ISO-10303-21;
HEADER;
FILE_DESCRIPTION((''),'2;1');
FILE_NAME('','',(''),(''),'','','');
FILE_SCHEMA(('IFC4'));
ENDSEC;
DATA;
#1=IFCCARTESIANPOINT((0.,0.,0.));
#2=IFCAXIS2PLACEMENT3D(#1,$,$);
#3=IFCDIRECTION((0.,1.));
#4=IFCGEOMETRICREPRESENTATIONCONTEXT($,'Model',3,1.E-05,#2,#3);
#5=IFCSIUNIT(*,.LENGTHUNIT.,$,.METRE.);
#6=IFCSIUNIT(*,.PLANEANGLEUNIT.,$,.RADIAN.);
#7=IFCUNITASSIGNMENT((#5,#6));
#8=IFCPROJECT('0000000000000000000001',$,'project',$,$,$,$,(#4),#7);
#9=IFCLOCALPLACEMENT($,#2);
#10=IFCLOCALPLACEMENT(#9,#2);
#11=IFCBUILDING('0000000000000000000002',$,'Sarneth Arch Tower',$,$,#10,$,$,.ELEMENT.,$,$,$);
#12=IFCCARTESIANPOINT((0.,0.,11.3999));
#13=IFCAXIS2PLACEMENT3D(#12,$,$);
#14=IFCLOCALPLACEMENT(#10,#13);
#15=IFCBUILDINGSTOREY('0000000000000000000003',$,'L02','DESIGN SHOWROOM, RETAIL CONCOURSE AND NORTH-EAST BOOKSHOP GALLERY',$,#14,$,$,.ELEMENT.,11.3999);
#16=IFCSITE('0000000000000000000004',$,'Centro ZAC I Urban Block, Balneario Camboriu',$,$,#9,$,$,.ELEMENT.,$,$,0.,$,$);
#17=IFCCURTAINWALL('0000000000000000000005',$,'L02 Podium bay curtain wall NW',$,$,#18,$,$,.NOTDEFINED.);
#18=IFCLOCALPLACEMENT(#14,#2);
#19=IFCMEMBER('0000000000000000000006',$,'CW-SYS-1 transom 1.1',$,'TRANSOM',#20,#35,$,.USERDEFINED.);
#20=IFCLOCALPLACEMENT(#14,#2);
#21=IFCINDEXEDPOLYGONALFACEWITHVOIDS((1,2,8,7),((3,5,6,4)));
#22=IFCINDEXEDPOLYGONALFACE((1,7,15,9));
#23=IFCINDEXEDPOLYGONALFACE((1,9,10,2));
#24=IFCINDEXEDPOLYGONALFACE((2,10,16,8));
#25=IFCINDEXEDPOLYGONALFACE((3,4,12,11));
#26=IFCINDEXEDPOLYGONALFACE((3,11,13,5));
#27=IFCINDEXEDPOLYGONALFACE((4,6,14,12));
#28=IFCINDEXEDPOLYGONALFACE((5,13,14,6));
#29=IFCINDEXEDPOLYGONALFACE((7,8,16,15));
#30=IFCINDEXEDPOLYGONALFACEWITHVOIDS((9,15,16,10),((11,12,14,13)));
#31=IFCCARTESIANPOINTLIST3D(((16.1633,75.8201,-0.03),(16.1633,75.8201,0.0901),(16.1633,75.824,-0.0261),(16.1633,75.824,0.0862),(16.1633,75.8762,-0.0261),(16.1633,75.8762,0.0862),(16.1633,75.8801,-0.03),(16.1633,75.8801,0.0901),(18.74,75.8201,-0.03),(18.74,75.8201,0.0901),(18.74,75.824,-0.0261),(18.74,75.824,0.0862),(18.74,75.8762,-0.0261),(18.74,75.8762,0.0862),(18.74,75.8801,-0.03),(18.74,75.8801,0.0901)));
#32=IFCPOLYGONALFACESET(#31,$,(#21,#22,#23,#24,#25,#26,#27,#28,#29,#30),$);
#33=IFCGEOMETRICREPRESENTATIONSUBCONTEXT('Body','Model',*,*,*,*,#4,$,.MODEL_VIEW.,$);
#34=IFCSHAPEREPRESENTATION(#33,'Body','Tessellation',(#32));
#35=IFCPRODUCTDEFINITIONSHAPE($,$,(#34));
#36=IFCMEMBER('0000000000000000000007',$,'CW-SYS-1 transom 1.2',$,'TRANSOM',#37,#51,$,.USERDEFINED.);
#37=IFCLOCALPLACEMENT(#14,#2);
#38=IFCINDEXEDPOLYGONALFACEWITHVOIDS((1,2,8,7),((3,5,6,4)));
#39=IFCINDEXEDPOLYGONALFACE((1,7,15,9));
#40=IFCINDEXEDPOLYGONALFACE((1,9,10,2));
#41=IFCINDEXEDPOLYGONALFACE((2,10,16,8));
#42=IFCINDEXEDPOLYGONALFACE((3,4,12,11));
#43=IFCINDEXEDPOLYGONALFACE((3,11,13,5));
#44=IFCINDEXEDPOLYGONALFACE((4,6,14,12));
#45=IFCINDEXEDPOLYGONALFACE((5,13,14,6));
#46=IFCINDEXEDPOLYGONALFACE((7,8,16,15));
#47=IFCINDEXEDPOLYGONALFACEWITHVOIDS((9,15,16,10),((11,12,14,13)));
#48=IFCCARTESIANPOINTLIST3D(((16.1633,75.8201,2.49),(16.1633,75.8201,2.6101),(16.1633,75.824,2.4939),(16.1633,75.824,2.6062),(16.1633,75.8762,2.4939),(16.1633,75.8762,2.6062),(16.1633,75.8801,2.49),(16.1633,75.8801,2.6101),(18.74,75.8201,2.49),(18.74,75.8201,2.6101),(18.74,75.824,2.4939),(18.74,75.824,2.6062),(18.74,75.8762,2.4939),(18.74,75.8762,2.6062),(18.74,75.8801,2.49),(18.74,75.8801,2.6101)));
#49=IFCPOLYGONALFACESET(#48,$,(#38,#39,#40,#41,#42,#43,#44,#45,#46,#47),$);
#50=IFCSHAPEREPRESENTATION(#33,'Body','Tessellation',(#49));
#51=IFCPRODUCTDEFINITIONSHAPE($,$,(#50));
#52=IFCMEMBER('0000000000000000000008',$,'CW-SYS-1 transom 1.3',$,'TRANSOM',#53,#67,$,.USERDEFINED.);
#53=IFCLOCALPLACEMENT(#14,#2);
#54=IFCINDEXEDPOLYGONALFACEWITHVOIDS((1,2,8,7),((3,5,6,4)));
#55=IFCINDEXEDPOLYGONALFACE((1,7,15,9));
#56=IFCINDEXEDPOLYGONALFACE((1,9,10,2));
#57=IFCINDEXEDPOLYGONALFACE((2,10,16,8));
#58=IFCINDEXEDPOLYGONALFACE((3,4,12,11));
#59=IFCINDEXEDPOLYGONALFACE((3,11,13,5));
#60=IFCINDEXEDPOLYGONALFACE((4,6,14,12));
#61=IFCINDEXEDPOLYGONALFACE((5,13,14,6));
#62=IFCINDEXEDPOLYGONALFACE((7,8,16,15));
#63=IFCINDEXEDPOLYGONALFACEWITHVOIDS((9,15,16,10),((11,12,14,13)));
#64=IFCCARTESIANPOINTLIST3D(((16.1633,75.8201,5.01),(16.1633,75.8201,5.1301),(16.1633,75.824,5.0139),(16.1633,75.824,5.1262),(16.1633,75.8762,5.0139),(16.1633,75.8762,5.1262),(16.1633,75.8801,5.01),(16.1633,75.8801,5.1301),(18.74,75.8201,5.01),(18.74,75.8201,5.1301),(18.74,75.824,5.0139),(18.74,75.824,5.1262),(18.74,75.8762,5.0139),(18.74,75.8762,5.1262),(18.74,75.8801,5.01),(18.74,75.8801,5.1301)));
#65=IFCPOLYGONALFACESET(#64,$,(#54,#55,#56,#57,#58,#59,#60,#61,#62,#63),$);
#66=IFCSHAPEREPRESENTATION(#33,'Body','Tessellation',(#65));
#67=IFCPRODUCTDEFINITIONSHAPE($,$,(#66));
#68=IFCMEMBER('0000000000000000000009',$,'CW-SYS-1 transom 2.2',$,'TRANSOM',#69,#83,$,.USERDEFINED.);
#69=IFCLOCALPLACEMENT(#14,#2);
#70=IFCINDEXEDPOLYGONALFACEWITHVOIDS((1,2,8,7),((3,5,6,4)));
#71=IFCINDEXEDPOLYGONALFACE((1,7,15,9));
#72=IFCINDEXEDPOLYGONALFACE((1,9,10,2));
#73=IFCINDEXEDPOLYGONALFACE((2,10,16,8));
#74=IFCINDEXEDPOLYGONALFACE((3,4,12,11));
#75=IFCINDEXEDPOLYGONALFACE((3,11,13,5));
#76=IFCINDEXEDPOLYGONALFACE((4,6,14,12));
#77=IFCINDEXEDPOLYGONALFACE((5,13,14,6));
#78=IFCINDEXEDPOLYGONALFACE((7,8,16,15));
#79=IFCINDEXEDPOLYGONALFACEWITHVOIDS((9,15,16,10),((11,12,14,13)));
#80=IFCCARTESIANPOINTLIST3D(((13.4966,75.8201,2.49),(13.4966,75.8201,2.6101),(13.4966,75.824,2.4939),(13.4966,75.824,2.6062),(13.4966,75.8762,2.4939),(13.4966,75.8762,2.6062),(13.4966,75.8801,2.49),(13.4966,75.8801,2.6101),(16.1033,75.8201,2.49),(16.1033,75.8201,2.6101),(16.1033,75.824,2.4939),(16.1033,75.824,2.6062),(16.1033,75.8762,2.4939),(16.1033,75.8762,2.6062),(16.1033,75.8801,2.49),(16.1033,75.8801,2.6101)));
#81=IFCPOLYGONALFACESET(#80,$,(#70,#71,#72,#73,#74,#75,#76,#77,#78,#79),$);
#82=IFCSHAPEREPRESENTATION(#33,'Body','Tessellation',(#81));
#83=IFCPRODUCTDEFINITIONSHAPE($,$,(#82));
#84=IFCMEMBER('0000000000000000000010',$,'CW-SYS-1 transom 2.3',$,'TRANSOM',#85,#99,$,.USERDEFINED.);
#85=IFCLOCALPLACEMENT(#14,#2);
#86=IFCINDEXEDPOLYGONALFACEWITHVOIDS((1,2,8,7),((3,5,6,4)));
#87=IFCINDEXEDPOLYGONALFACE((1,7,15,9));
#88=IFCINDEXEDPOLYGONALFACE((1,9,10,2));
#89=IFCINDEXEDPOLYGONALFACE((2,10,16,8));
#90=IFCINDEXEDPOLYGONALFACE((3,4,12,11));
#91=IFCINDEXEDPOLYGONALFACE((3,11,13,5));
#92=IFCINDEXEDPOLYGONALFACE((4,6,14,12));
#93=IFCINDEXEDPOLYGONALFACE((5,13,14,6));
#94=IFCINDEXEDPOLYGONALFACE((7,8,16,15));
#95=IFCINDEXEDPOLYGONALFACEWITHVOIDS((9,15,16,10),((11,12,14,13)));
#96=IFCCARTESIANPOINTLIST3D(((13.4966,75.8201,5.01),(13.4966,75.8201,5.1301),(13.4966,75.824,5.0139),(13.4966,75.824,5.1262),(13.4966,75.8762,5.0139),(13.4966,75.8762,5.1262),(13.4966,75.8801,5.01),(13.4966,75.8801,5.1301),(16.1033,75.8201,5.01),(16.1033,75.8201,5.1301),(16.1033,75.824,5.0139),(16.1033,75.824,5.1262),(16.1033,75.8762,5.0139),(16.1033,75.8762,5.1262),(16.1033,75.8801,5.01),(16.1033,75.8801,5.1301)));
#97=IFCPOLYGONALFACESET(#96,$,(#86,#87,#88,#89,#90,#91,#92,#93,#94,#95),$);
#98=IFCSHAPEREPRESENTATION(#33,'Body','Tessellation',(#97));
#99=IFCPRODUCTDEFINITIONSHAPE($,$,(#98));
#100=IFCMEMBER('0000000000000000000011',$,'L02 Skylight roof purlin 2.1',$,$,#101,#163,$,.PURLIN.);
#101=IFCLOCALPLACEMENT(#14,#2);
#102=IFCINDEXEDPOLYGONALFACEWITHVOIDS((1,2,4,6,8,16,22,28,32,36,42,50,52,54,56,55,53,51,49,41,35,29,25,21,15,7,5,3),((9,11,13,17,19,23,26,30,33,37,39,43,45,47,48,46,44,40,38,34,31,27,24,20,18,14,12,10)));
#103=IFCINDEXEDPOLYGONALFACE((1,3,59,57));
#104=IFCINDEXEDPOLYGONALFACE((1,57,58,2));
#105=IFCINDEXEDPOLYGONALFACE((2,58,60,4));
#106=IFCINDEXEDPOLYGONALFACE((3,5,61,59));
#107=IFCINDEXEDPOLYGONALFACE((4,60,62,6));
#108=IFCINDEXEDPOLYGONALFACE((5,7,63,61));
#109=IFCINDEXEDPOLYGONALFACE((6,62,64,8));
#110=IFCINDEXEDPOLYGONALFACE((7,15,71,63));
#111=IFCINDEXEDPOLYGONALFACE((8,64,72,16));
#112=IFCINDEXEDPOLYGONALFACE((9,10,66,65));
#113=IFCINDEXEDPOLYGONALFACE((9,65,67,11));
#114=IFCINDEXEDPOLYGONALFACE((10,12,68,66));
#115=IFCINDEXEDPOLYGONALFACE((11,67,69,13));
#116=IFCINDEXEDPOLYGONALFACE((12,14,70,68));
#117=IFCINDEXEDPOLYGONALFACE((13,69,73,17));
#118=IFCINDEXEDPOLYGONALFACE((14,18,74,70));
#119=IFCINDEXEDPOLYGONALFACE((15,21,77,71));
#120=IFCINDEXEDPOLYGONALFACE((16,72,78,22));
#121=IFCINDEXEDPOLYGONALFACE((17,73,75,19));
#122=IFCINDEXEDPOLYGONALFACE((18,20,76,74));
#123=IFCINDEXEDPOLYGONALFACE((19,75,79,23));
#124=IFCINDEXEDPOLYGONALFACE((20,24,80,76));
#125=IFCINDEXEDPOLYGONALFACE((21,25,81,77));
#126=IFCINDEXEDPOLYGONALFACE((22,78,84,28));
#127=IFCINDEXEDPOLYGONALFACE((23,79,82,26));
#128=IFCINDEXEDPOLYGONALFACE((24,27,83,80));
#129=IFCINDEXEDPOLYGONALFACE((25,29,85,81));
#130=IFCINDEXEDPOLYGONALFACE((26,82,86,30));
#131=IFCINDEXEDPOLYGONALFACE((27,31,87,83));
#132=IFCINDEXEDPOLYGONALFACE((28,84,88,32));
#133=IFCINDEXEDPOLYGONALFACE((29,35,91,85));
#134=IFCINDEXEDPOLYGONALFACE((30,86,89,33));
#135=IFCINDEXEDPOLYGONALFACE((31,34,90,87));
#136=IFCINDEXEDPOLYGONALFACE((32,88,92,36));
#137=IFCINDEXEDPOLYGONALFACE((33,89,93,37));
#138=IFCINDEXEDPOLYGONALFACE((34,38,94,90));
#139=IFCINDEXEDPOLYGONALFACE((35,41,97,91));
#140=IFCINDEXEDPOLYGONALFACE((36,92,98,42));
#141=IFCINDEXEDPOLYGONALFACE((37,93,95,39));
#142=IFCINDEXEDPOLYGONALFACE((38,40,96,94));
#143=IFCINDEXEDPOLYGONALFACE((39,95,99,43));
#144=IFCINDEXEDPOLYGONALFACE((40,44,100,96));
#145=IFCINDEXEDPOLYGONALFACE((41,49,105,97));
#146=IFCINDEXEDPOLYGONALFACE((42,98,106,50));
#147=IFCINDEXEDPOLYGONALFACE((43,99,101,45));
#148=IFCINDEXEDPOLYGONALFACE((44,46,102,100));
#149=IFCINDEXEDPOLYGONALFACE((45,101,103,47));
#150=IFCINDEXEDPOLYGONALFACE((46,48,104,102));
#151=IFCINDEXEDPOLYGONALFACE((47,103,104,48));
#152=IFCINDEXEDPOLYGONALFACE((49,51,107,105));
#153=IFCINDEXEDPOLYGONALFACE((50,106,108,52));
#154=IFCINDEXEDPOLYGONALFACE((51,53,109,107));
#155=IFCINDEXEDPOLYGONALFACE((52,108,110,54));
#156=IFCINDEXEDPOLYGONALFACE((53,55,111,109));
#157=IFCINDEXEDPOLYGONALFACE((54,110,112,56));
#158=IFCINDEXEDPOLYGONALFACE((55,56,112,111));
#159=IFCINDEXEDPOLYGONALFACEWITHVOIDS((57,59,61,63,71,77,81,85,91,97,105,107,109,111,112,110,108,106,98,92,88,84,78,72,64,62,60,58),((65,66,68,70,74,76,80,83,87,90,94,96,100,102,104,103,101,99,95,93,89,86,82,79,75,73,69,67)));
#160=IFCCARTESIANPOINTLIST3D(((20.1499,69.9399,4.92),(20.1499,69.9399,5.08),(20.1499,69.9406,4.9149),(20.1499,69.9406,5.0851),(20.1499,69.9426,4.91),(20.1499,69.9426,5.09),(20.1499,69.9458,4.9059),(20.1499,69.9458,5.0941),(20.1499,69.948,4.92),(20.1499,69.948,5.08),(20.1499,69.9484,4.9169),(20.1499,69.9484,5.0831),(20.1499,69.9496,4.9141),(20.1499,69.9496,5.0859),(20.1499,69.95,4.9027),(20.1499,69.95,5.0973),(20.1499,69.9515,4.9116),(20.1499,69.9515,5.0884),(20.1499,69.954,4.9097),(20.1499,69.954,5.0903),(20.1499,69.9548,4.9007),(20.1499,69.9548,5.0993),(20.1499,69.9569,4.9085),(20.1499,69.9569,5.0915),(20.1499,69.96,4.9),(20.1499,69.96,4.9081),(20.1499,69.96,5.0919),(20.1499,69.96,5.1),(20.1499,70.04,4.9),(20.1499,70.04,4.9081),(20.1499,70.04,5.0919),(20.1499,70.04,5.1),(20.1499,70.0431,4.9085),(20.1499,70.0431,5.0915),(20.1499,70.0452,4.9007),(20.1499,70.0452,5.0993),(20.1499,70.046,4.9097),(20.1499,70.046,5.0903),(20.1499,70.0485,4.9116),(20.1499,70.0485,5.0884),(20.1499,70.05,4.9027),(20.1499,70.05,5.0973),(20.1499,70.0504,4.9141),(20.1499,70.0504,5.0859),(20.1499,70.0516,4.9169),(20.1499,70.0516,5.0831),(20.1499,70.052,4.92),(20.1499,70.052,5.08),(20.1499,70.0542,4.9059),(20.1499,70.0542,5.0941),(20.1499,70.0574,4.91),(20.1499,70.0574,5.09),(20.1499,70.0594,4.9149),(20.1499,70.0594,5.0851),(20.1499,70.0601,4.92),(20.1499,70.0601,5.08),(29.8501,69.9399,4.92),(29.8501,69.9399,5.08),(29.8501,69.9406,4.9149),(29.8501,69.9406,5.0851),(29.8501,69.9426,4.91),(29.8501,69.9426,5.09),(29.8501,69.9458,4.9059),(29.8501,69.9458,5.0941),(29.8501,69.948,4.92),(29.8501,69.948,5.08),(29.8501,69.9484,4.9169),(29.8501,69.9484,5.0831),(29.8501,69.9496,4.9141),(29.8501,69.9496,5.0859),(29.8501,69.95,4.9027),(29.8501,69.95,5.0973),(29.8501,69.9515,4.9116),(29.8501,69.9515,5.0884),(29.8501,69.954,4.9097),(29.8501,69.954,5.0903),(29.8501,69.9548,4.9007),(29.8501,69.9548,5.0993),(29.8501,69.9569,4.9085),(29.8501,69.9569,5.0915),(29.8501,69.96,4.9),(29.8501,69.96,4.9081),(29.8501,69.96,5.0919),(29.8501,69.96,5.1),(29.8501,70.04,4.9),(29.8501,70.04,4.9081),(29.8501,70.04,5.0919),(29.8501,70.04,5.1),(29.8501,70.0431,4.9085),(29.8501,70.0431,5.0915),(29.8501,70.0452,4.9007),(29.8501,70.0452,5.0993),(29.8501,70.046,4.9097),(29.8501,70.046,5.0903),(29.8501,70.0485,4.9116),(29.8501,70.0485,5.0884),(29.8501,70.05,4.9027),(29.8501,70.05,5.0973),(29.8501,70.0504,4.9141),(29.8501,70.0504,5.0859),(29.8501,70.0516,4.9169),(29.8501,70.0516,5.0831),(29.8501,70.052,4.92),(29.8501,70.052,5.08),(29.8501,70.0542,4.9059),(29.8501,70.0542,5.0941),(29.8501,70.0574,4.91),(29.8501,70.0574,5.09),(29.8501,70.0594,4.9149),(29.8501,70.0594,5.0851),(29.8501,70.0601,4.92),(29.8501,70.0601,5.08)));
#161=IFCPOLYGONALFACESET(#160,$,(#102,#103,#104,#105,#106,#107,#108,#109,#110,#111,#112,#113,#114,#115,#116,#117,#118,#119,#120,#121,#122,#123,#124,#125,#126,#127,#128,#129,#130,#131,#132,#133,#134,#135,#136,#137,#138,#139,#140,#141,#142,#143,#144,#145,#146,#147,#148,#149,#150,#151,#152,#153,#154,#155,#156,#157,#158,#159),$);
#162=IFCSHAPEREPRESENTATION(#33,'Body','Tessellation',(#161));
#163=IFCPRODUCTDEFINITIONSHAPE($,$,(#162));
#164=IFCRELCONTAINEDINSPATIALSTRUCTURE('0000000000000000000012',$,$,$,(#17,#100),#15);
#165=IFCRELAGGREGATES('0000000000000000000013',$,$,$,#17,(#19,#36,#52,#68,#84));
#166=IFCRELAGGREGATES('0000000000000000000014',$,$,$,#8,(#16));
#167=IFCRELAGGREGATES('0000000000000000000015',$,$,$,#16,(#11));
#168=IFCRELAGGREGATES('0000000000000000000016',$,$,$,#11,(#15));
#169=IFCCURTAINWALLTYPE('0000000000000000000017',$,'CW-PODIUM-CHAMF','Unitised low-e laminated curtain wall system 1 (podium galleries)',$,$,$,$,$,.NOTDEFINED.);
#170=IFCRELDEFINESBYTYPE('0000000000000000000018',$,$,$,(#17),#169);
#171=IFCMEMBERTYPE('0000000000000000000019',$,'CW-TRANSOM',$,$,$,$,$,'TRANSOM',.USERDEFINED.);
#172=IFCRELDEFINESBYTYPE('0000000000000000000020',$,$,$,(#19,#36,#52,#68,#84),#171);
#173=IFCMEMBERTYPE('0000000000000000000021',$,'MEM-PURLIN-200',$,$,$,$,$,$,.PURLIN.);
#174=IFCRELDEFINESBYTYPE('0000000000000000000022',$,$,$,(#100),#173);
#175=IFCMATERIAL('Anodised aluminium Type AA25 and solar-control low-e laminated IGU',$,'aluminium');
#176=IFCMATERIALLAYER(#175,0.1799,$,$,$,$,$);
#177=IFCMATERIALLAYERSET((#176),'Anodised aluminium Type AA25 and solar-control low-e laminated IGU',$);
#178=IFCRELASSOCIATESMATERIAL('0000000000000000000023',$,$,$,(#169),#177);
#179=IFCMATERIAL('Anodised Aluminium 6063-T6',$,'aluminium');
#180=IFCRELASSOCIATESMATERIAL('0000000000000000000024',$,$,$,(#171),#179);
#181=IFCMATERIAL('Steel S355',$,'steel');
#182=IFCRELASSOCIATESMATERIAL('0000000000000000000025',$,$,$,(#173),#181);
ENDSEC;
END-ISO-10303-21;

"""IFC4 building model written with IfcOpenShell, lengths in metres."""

from ifc_helpers import new_model, si_unit, direction, frame, origin, origin_2d, place, context, subcontext, project, spatial, hollow_rectangle, extrude, material, layer, layer_set, material_profile, profile_set, type_object, element, aggregate, save


model = new_model("IFC4")

# Units and contexts
model_context = context("Model", 3, precision=1e-05, world=origin(), true_north=direction((0.0, 1.0)))
body_context = subcontext(model_context, "Body", "Model", "MODEL_VIEW")
ifc_project = project(units=[si_unit("LENGTHUNIT", "METRE"), si_unit("PLANEANGLEUNIT", "RADIAN")], contexts=[model_context])

# Site, building, storey
site_placement = place(None, origin())
site = spatial("IfcSite", under=ifc_project, at=site_placement, Name="Centro ZAC I Urban Block, Balneario Camboriu", CompositionType="ELEMENT", RefElevation=0.0)
building_placement = place(site_placement, origin())
building = spatial("IfcBuilding", under=site, at=building_placement, Name="Sarneth Arch Tower", CompositionType="ELEMENT")
storey_placement = place(building_placement, frame((0.0, 0.0, 11.3999)))
storey = spatial("IfcBuildingStorey", under=building, at=storey_placement, Name="L02", Description="DESIGN SHOWROOM, RETAIL CONCOURSE AND NORTH-EAST BOOKSHOP GALLERY", CompositionType="ELEMENT", Elevation=11.3999)

# Curtain wall, members
ifc_material_1 = material(Name="Anodised aluminium Type AA25 and solar-control low-e laminated IGU", Category="aluminium")
ifc_layer_1 = layer(ifc_material_1, 0.1799)
ifc_layer_set_1 = layer_set([ifc_layer_1], Name="Anodised aluminium Type AA25 and solar-control low-e laminated IGU")
curtain_wall_type_1 = type_object("IfcCurtainWallType", Name="CW-PODIUM-CHAMF", Description="Unitised low-e laminated curtain wall system 1 (podium galleries)", PredefinedType="NOTDEFINED", material=ifc_layer_set_1)
curtain_wall_1_placement = place(storey_placement, origin())
curtain_wall_1 = element("IfcCurtainWall", 1, at=curtain_wall_1_placement, inside=storey, type_object=curtain_wall_type_1, Name="L02 Podium bay curtain wall NW", PredefinedType="NOTDEFINED")
ifc_material_2 = material(Name="Anodised Aluminium 6063-T6", Category="aluminium")
ifc_material_profile_1 = material_profile(ifc_material_2, hollow_rectangle(XDim=0.0601, YDim=0.1201, WallThickness=0.0039, at=origin_2d()), Name="AL-TRAN-120x60x4")
ifc_profile_set_1 = profile_set([ifc_material_profile_1], Name="Anodised Aluminium 6063-T6")
member_type_1 = type_object("IfcMemberType", Name="CW-TRANSOM", ElementType="TRANSOM", PredefinedType="USERDEFINED", material=ifc_profile_set_1)
member_1_placement = place(storey_placement, frame((18.74, 75.8501, 0.03), z_axis=(-1.0, 0.0, 0.0), x_axis=(0.0, -1.0, 0.0)))
member_1 = element("IfcMember", 2, at=member_1_placement, type_object=member_type_1, Name="CW-SYS-1 transom 1.1", ObjectType="TRANSOM", PredefinedType="USERDEFINED", context=body_context, shape_type="SweptSolid", body=[
    extrude(hollow_rectangle(XDim=0.0601, YDim=0.1201, WallThickness=0.0039, at=origin_2d()), origin(), (0.0, 0.0, 1.0), 2.5767),
])
member_2_placement = place(storey_placement, frame((18.74, 75.8501, 2.55), z_axis=(-1.0, 0.0, 0.0), x_axis=(0.0, -1.0, 0.0)))
member_2 = element("IfcMember", 3, at=member_2_placement, type_object=member_type_1, Name="CW-SYS-1 transom 1.2", ObjectType="TRANSOM", PredefinedType="USERDEFINED", context=body_context, shape_type="SweptSolid", body=[
    extrude(hollow_rectangle(XDim=0.0601, YDim=0.1201, WallThickness=0.0039, at=origin_2d()), origin(), (0.0, 0.0, 1.0), 2.5767),
])
member_3_placement = place(storey_placement, frame((18.74, 75.8501, 5.0701), z_axis=(-1.0, 0.0, 0.0), x_axis=(0.0, -1.0, 0.0)))
member_3 = element("IfcMember", 4, at=member_3_placement, type_object=member_type_1, Name="CW-SYS-1 transom 1.3", ObjectType="TRANSOM", PredefinedType="USERDEFINED", context=body_context, shape_type="SweptSolid", body=[
    extrude(hollow_rectangle(XDim=0.0601, YDim=0.1201, WallThickness=0.0039, at=origin_2d()), origin(), (0.0, 0.0, 1.0), 2.5767),
])
member_4_placement = place(storey_placement, frame((16.1033, 75.8501, 2.55), z_axis=(-1.0, 0.0, 0.0), x_axis=(0.0, -1.0, 0.0)))
member_4 = element("IfcMember", 5, at=member_4_placement, type_object=member_type_1, Name="CW-SYS-1 transom 2.2", ObjectType="TRANSOM", PredefinedType="USERDEFINED", context=body_context, shape_type="SweptSolid", body=[
    extrude(hollow_rectangle(XDim=0.0601, YDim=0.1201, WallThickness=0.0039, at=origin_2d()), origin(), (0.0, 0.0, 1.0), 2.6067),
])
member_5_placement = place(storey_placement, frame((16.1033, 75.8501, 5.0701), z_axis=(-1.0, 0.0, 0.0), x_axis=(0.0, -1.0, 0.0)))
member_5 = element("IfcMember", 6, at=member_5_placement, type_object=member_type_1, Name="CW-SYS-1 transom 2.3", ObjectType="TRANSOM", PredefinedType="USERDEFINED", context=body_context, shape_type="SweptSolid", body=[
    extrude(hollow_rectangle(XDim=0.0601, YDim=0.1201, WallThickness=0.0039, at=origin_2d()), origin(), (0.0, 0.0, 1.0), 2.6067),
])

# Member
ifc_material_3 = material(Name="Steel S355", Category="steel")
ifc_material_profile_2 = material_profile(ifc_material_3, hollow_rectangle(XDim=0.1201, YDim=0.2, WallThickness=0.0081, InnerFilletRadius=0.012, OuterFilletRadius=0.02, at=origin_2d()), Name="RHS200x120x8")
ifc_profile_set_2 = profile_set([ifc_material_profile_2], Name="Steel S355")
member_type_2 = type_object("IfcMemberType", Name="MEM-PURLIN-200", PredefinedType="PURLIN", material=ifc_profile_set_2)
for number, where, z_axis, x_axis, name in (
    (7, (20.1499, 70.0, 5.0), (1.0, 0.0, 0.0), (0.0, 1.0, 0.0), "L02 Skylight roof purlin 2.1"),
):
    element("IfcMember", number, at=place(storey_placement, frame(where, z_axis=z_axis, x_axis=x_axis)), inside=storey, type_object=member_type_2, Name=name, PredefinedType="PURLIN", context=body_context, shape_type="SweptSolid", body=[
        extrude(hollow_rectangle(XDim=0.1201, YDim=0.2, WallThickness=0.0081, InnerFilletRadius=0.012, OuterFilletRadius=0.02, at=origin_2d()), origin(), (0.0, 0.0, 1.0), 9.7002),
    ])

aggregate(curtain_wall_1, [member_1, member_2, member_3, member_4, member_5])

save(model, "model.ifc")
